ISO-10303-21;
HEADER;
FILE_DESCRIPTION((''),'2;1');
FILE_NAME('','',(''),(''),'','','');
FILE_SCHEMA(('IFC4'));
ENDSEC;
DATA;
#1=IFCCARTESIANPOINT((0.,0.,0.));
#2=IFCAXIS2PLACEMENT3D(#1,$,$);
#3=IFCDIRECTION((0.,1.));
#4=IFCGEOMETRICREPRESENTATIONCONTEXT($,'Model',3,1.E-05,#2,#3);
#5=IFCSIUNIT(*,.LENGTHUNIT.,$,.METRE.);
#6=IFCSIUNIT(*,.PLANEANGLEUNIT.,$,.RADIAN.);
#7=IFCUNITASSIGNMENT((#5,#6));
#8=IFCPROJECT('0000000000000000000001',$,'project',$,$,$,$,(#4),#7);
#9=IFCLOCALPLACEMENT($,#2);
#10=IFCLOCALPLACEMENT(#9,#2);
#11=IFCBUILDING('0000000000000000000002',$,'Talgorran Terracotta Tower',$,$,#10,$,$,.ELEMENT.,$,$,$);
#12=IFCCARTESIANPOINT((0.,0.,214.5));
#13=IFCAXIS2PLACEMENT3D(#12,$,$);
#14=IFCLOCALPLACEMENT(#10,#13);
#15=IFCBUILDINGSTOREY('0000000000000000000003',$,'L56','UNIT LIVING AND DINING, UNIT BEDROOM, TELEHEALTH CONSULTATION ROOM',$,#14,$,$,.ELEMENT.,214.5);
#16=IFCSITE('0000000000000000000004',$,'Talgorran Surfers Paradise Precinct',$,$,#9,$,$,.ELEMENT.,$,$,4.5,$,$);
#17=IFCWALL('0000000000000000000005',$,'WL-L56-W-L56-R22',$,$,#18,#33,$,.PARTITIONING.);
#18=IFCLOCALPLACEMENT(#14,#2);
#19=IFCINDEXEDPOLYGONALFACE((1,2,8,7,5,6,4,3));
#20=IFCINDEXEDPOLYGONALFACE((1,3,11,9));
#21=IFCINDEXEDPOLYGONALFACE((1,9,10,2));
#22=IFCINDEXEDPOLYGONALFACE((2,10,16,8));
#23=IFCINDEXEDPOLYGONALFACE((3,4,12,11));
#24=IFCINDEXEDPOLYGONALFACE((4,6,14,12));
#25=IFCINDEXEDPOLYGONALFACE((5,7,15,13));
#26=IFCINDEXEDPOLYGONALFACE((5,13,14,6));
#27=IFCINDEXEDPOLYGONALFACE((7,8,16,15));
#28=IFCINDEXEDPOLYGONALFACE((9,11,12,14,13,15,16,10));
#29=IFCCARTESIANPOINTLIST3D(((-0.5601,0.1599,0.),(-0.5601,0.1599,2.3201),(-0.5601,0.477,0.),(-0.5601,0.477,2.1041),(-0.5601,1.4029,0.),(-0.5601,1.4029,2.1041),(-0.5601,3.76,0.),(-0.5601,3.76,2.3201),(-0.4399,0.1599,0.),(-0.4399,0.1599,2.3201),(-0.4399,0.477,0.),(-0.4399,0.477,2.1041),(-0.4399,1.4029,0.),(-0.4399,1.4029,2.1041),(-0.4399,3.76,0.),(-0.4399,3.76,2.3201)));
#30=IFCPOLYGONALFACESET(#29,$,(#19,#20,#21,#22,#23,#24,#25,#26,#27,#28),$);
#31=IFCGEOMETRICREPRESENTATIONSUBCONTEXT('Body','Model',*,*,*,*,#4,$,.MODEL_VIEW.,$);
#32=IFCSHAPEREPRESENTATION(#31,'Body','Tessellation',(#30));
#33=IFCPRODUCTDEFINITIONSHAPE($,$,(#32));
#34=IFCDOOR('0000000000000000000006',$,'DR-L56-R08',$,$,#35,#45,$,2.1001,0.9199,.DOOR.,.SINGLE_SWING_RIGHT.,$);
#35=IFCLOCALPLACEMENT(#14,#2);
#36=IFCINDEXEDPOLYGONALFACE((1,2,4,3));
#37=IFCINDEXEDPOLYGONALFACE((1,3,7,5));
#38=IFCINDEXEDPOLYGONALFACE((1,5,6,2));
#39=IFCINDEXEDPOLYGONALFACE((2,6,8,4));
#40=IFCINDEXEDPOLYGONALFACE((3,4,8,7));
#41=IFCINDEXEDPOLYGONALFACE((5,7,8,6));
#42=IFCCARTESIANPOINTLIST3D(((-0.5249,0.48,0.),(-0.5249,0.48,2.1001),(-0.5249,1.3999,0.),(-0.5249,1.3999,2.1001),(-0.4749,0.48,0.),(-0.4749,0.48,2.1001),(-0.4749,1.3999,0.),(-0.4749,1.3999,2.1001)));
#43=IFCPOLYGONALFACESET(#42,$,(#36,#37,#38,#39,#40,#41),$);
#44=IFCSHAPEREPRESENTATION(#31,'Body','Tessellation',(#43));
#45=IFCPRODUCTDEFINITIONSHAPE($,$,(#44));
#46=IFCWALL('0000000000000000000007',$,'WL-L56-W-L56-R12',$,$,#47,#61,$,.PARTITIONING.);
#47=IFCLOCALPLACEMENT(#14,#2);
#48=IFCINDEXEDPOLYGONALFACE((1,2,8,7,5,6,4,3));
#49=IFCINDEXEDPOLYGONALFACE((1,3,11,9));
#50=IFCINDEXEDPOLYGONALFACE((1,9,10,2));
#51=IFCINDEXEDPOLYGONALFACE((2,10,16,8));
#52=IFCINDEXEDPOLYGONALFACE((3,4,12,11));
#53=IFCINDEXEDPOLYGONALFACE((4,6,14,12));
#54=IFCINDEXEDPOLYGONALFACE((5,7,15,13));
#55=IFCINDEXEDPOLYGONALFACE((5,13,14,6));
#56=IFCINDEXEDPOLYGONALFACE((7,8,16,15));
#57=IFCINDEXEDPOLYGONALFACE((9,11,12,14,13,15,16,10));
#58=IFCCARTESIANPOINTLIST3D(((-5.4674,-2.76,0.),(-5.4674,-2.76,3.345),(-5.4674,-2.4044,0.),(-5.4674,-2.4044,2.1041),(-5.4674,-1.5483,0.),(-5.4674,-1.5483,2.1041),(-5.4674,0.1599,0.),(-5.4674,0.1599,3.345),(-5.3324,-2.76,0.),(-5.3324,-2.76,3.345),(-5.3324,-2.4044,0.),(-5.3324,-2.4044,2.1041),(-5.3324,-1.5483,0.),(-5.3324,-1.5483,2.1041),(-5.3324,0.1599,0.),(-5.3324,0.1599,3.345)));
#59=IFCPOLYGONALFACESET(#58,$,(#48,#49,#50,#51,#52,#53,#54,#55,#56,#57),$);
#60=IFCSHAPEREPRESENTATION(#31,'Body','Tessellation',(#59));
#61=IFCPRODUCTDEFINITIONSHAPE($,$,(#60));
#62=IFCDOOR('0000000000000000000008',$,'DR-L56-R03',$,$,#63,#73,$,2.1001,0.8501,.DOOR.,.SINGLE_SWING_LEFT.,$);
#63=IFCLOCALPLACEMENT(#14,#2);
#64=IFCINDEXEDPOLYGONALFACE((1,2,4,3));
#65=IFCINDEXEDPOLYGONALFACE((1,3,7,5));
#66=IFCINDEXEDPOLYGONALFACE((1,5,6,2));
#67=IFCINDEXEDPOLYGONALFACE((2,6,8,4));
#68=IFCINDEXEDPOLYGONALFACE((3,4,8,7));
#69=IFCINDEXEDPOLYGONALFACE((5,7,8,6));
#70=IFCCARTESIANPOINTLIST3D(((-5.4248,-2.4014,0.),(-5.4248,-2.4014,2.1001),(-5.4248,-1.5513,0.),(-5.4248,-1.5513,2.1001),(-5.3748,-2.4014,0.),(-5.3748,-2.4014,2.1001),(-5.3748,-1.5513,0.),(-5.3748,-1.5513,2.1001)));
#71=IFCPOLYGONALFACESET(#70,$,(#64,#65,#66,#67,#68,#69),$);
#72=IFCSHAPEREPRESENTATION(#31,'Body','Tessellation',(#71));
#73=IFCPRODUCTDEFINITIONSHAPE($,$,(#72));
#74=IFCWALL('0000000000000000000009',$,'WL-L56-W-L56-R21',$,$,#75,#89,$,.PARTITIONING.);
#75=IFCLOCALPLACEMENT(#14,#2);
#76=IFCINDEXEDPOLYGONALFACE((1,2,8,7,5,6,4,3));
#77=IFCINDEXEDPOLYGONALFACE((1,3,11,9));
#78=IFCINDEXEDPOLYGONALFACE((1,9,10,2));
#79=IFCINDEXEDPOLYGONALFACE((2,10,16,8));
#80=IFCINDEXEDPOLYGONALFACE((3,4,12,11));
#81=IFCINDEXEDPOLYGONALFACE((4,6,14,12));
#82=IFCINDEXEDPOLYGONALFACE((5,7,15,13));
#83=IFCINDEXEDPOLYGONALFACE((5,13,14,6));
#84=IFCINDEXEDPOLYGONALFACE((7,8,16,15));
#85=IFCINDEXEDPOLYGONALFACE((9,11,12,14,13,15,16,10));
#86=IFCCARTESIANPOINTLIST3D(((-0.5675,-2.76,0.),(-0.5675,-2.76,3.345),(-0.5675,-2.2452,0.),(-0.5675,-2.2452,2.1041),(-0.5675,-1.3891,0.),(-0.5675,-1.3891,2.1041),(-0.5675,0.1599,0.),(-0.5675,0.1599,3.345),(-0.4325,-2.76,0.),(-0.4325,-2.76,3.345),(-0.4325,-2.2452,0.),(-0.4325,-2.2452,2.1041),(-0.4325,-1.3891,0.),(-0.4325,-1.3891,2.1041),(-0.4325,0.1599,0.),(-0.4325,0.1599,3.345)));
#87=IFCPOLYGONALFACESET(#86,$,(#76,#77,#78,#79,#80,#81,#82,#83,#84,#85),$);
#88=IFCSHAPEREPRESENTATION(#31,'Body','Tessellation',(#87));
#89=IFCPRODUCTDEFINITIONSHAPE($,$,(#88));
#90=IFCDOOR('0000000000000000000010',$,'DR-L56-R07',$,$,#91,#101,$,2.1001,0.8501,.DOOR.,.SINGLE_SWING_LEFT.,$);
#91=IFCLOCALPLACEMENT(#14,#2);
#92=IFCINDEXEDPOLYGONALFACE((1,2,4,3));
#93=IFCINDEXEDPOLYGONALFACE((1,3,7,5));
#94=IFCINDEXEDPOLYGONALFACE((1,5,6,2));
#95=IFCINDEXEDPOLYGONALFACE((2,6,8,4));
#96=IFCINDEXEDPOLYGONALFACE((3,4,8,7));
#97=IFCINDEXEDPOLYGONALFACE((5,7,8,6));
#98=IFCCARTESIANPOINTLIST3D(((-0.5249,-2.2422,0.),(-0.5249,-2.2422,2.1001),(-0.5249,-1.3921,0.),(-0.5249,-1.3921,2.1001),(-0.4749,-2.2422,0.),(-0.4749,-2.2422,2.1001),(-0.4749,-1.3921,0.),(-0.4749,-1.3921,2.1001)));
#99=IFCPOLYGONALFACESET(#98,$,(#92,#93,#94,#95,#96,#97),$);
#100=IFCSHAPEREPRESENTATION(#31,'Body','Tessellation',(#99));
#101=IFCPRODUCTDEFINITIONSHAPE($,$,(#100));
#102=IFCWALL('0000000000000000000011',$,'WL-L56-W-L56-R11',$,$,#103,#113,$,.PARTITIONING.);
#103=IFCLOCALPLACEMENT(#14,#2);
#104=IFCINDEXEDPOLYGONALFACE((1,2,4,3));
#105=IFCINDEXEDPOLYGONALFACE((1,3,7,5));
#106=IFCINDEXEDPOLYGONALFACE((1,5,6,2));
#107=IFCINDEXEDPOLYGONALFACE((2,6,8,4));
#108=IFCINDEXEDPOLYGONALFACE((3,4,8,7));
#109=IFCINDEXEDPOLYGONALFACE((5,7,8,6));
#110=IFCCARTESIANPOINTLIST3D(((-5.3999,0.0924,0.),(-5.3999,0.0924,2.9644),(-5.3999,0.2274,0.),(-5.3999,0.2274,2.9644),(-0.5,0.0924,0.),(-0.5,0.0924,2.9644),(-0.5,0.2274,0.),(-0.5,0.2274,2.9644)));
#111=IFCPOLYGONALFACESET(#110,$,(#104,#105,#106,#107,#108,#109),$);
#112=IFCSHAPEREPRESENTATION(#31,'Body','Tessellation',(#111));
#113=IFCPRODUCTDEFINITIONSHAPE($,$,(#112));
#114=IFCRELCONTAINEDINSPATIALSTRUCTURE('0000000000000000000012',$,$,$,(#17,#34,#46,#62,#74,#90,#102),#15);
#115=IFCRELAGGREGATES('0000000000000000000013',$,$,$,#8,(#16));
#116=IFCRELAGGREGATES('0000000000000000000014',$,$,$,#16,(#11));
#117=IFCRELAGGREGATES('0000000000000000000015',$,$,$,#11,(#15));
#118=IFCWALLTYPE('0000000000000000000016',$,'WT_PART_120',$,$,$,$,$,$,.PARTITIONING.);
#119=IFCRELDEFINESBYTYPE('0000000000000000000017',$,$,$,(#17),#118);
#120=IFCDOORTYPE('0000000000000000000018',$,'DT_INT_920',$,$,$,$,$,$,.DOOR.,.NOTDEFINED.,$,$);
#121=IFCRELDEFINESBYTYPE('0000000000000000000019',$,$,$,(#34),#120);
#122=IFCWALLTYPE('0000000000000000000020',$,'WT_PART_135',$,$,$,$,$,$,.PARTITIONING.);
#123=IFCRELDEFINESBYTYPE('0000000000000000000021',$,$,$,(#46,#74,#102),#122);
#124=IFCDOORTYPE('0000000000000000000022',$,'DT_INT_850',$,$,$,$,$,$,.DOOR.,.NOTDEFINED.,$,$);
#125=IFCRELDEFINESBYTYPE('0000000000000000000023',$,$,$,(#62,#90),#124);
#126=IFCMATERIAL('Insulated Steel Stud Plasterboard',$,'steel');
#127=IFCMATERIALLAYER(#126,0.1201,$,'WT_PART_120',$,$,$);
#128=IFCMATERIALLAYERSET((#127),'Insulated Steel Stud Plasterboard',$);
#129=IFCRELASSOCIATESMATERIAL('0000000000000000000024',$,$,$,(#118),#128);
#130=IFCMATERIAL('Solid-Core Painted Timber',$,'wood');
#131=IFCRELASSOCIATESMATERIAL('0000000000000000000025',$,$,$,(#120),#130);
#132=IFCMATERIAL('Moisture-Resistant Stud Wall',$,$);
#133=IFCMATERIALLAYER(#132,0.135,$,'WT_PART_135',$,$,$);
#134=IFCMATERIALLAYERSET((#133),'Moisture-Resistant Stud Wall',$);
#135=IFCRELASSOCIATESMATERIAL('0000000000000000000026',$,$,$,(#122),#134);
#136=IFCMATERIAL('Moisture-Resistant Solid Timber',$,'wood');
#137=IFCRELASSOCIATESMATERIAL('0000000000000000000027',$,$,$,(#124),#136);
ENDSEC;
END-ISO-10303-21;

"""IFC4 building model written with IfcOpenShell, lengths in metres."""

from ifc_helpers import new_model, si_unit, direction, frame, frame_2d, origin, place, context, subcontext, project, spatial, rectangle, extrude, material, layer, layer_set, type_object, element, fill, save


model = new_model("IFC4")

# Units and contexts
model_context = context("Model", 3, precision=1e-05, world=origin(), true_north=direction((0.0, 1.0)))
body_context = subcontext(model_context, "Body", "Model", "MODEL_VIEW")
ifc_project = project(units=[si_unit("LENGTHUNIT", "METRE"), si_unit("PLANEANGLEUNIT", "RADIAN")], contexts=[model_context])

# Site, building, storey
site_placement = place(None, origin())
site = spatial("IfcSite", under=ifc_project, at=site_placement, Name="Talgorran Surfers Paradise Precinct", CompositionType="ELEMENT", RefElevation=4.5)
building_placement = place(site_placement, origin())
building = spatial("IfcBuilding", under=site, at=building_placement, Name="Talgorran Terracotta Tower", CompositionType="ELEMENT")
storey_placement = place(building_placement, frame((0.0, 0.0, 214.5)))
storey = spatial("IfcBuildingStorey", under=building, at=storey_placement, Name="L56", Description="UNIT LIVING AND DINING, UNIT BEDROOM, TELEHEALTH CONSULTATION ROOM", CompositionType="ELEMENT", Elevation=214.5)

# Walls, openings, doors
ifc_material_1 = material(Name="Insulated Steel Stud Plasterboard", Category="steel")
ifc_layer_1 = layer(ifc_material_1, 0.1201, Name="WT_PART_120")
ifc_layer_set_1 = layer_set([ifc_layer_1], Name="Insulated Steel Stud Plasterboard")
wall_type_1 = type_object("IfcWallType", Name="WT_PART_120", PredefinedType="PARTITIONING", material=ifc_layer_set_1)
ifc_material_2 = material(Name="Solid-Core Painted Timber", Category="wood")
door_type_1 = type_object("IfcDoorType", Name="DT_INT_920", OperationType="NOTDEFINED", PredefinedType="DOOR", material=ifc_material_2)
wall_1_placement = place(storey_placement, frame((-0.5, 0.1599, 0.0), z_axis=(0.0, 0.0, 1.0), x_axis=(0.0, 1.0, 0.0)))
wall_1 = element("IfcWall", 1, at=wall_1_placement, inside=storey, type_object=wall_type_1, Name="WL-L56-W-L56-R22", PredefinedType="PARTITIONING", context=body_context, shape_type="SweptSolid", body=[
    extrude(rectangle(XDim=3.6001, YDim=0.1201, at=frame_2d((1.8, 0.0))), origin(), (0.0, 0.0, 1.0), 2.3201),
])
opening_1_placement = place(wall_1_placement, frame((0.3201, 0.0, 0.0)))
opening_1 = element("IfcOpeningElement", 2, at=opening_1_placement, cuts=wall_1, PredefinedType="OPENING", context=body_context, shape_type="SweptSolid", body=[
    extrude(rectangle(XDim=0.9259, YDim=2.1041, at=frame_2d((0.46, 1.052))), frame((0.0, 0.0701, 0.0), z_axis=(0.0, -1.0, 0.0), x_axis=(1.0, 0.0, 0.0)), (0.0, 0.0, 1.0), 0.1401),
])
door_1_placement = place(opening_1_placement, origin())
door_1 = element("IfcDoor", 3, at=door_1_placement, inside=storey, type_object=door_type_1, Name="DR-L56-R08", OperationType="SINGLE_SWING_RIGHT", OverallHeight=2.1001, OverallWidth=0.9199, PredefinedType="DOOR", context=body_context, shape_type="SweptSolid", body=[
    extrude(rectangle(XDim=0.9199, YDim=2.1001, at=frame_2d((0.46, 1.05))), frame((0.0, 0.0249, 0.0), z_axis=(0.0, -1.0, 0.0), x_axis=(1.0, 0.0, 0.0)), (0.0, 0.0, 1.0), 0.05),
])
fill(opening_1, door_1)
ifc_material_3 = material(Name="Moisture-Resistant Stud Wall")
ifc_layer_2 = layer(ifc_material_3, 0.135, Name="WT_PART_135")
ifc_layer_set_2 = layer_set([ifc_layer_2], Name="Moisture-Resistant Stud Wall")
wall_type_2 = type_object("IfcWallType", Name="WT_PART_135", PredefinedType="PARTITIONING", material=ifc_layer_set_2)
wall_2_placement = place(storey_placement, frame((-5.3999, -2.76, 0.0), z_axis=(0.0, 0.0, 1.0), x_axis=(0.0, 1.0, 0.0)))
wall_2 = element("IfcWall", 4, at=wall_2_placement, inside=storey, type_object=wall_type_2, Name="WL-L56-W-L56-R12", PredefinedType="PARTITIONING", context=body_context, shape_type="SweptSolid", body=[
    extrude(rectangle(XDim=2.9199, YDim=0.135, at=frame_2d((1.46, 0.0))), origin(), (0.0, 0.0, 1.0), 3.345),
])
opening_2_placement = place(wall_2_placement, frame((0.3586, 0.0, 0.0)))
opening_2 = element("IfcOpeningElement", 5, at=opening_2_placement, cuts=wall_2, PredefinedType="OPENING", context=body_context, shape_type="SweptSolid", body=[
    extrude(rectangle(XDim=0.8561, YDim=2.1041, at=frame_2d((0.425, 1.052))), frame((0.0, 0.0776, 0.0), z_axis=(0.0, -1.0, 0.0), x_axis=(1.0, 0.0, 0.0)), (0.0, 0.0, 1.0), 0.155),
])
ifc_material_4 = material(Name="Moisture-Resistant Solid Timber", Category="wood")
door_type_2 = type_object("IfcDoorType", Name="DT_INT_850", OperationType="NOTDEFINED", PredefinedType="DOOR", material=ifc_material_4)
door_2_placement = place(opening_2_placement, origin())
door_2 = element("IfcDoor", 6, at=door_2_placement, inside=storey, type_object=door_type_2, Name="DR-L56-R03", OperationType="SINGLE_SWING_LEFT", OverallHeight=2.1001, OverallWidth=0.8501, PredefinedType="DOOR", context=body_context, shape_type="SweptSolid", body=[
    extrude(rectangle(XDim=0.8501, YDim=2.1001, at=frame_2d((0.425, 1.05))), frame((0.0, 0.0249, 0.0), z_axis=(0.0, -1.0, 0.0), x_axis=(1.0, 0.0, 0.0)), (0.0, 0.0, 1.0), 0.05),
])
fill(opening_2, door_2)
wall_3_placement = place(storey_placement, frame((-0.5, -2.76, 0.0), z_axis=(0.0, 0.0, 1.0), x_axis=(0.0, 1.0, 0.0)))
wall_3 = element("IfcWall", 7, at=wall_3_placement, inside=storey, type_object=wall_type_2, Name="WL-L56-W-L56-R21", PredefinedType="PARTITIONING", context=body_context, shape_type="SweptSolid", body=[
    extrude(rectangle(XDim=2.9199, YDim=0.135, at=frame_2d((1.46, 0.0))), origin(), (0.0, 0.0, 1.0), 3.345),
])
opening_3_placement = place(wall_3_placement, frame((0.5178, 0.0, 0.0)))
opening_3 = element("IfcOpeningElement", 8, at=opening_3_placement, cuts=wall_3, PredefinedType="OPENING", context=body_context, shape_type="SweptSolid", body=[
    extrude(rectangle(XDim=0.8561, YDim=2.1041, at=frame_2d((0.425, 1.052))), frame((0.0, 0.0776, 0.0), z_axis=(0.0, -1.0, 0.0), x_axis=(1.0, 0.0, 0.0)), (0.0, 0.0, 1.0), 0.155),
])
door_3_placement = place(opening_3_placement, origin())
door_3 = element("IfcDoor", 9, at=door_3_placement, inside=storey, type_object=door_type_2, Name="DR-L56-R07", OperationType="SINGLE_SWING_LEFT", OverallHeight=2.1001, OverallWidth=0.8501, PredefinedType="DOOR", context=body_context, shape_type="SweptSolid", body=[
    extrude(rectangle(XDim=0.8501, YDim=2.1001, at=frame_2d((0.425, 1.05))), frame((0.0, 0.0249, 0.0), z_axis=(0.0, -1.0, 0.0), x_axis=(1.0, 0.0, 0.0)), (0.0, 0.0, 1.0), 0.05),
])
fill(opening_3, door_3)

# Wall
wall_4_placement = place(storey_placement, frame((-5.3999, 0.1599, 0.0), z_axis=(0.0, 0.0, 1.0), x_axis=(1.0, 0.0, 0.0)))
element("IfcWall", 10, at=wall_4_placement, inside=storey, type_object=wall_type_2, Name="WL-L56-W-L56-R11", PredefinedType="PARTITIONING", context=body_context, shape_type="SweptSolid", body=[
    extrude(rectangle(XDim=4.8999, YDim=0.135, at=frame_2d((2.45, 0.0))), origin(), (0.0, 0.0, 1.0), 2.9644),
])

save(model, "model.ifc")
